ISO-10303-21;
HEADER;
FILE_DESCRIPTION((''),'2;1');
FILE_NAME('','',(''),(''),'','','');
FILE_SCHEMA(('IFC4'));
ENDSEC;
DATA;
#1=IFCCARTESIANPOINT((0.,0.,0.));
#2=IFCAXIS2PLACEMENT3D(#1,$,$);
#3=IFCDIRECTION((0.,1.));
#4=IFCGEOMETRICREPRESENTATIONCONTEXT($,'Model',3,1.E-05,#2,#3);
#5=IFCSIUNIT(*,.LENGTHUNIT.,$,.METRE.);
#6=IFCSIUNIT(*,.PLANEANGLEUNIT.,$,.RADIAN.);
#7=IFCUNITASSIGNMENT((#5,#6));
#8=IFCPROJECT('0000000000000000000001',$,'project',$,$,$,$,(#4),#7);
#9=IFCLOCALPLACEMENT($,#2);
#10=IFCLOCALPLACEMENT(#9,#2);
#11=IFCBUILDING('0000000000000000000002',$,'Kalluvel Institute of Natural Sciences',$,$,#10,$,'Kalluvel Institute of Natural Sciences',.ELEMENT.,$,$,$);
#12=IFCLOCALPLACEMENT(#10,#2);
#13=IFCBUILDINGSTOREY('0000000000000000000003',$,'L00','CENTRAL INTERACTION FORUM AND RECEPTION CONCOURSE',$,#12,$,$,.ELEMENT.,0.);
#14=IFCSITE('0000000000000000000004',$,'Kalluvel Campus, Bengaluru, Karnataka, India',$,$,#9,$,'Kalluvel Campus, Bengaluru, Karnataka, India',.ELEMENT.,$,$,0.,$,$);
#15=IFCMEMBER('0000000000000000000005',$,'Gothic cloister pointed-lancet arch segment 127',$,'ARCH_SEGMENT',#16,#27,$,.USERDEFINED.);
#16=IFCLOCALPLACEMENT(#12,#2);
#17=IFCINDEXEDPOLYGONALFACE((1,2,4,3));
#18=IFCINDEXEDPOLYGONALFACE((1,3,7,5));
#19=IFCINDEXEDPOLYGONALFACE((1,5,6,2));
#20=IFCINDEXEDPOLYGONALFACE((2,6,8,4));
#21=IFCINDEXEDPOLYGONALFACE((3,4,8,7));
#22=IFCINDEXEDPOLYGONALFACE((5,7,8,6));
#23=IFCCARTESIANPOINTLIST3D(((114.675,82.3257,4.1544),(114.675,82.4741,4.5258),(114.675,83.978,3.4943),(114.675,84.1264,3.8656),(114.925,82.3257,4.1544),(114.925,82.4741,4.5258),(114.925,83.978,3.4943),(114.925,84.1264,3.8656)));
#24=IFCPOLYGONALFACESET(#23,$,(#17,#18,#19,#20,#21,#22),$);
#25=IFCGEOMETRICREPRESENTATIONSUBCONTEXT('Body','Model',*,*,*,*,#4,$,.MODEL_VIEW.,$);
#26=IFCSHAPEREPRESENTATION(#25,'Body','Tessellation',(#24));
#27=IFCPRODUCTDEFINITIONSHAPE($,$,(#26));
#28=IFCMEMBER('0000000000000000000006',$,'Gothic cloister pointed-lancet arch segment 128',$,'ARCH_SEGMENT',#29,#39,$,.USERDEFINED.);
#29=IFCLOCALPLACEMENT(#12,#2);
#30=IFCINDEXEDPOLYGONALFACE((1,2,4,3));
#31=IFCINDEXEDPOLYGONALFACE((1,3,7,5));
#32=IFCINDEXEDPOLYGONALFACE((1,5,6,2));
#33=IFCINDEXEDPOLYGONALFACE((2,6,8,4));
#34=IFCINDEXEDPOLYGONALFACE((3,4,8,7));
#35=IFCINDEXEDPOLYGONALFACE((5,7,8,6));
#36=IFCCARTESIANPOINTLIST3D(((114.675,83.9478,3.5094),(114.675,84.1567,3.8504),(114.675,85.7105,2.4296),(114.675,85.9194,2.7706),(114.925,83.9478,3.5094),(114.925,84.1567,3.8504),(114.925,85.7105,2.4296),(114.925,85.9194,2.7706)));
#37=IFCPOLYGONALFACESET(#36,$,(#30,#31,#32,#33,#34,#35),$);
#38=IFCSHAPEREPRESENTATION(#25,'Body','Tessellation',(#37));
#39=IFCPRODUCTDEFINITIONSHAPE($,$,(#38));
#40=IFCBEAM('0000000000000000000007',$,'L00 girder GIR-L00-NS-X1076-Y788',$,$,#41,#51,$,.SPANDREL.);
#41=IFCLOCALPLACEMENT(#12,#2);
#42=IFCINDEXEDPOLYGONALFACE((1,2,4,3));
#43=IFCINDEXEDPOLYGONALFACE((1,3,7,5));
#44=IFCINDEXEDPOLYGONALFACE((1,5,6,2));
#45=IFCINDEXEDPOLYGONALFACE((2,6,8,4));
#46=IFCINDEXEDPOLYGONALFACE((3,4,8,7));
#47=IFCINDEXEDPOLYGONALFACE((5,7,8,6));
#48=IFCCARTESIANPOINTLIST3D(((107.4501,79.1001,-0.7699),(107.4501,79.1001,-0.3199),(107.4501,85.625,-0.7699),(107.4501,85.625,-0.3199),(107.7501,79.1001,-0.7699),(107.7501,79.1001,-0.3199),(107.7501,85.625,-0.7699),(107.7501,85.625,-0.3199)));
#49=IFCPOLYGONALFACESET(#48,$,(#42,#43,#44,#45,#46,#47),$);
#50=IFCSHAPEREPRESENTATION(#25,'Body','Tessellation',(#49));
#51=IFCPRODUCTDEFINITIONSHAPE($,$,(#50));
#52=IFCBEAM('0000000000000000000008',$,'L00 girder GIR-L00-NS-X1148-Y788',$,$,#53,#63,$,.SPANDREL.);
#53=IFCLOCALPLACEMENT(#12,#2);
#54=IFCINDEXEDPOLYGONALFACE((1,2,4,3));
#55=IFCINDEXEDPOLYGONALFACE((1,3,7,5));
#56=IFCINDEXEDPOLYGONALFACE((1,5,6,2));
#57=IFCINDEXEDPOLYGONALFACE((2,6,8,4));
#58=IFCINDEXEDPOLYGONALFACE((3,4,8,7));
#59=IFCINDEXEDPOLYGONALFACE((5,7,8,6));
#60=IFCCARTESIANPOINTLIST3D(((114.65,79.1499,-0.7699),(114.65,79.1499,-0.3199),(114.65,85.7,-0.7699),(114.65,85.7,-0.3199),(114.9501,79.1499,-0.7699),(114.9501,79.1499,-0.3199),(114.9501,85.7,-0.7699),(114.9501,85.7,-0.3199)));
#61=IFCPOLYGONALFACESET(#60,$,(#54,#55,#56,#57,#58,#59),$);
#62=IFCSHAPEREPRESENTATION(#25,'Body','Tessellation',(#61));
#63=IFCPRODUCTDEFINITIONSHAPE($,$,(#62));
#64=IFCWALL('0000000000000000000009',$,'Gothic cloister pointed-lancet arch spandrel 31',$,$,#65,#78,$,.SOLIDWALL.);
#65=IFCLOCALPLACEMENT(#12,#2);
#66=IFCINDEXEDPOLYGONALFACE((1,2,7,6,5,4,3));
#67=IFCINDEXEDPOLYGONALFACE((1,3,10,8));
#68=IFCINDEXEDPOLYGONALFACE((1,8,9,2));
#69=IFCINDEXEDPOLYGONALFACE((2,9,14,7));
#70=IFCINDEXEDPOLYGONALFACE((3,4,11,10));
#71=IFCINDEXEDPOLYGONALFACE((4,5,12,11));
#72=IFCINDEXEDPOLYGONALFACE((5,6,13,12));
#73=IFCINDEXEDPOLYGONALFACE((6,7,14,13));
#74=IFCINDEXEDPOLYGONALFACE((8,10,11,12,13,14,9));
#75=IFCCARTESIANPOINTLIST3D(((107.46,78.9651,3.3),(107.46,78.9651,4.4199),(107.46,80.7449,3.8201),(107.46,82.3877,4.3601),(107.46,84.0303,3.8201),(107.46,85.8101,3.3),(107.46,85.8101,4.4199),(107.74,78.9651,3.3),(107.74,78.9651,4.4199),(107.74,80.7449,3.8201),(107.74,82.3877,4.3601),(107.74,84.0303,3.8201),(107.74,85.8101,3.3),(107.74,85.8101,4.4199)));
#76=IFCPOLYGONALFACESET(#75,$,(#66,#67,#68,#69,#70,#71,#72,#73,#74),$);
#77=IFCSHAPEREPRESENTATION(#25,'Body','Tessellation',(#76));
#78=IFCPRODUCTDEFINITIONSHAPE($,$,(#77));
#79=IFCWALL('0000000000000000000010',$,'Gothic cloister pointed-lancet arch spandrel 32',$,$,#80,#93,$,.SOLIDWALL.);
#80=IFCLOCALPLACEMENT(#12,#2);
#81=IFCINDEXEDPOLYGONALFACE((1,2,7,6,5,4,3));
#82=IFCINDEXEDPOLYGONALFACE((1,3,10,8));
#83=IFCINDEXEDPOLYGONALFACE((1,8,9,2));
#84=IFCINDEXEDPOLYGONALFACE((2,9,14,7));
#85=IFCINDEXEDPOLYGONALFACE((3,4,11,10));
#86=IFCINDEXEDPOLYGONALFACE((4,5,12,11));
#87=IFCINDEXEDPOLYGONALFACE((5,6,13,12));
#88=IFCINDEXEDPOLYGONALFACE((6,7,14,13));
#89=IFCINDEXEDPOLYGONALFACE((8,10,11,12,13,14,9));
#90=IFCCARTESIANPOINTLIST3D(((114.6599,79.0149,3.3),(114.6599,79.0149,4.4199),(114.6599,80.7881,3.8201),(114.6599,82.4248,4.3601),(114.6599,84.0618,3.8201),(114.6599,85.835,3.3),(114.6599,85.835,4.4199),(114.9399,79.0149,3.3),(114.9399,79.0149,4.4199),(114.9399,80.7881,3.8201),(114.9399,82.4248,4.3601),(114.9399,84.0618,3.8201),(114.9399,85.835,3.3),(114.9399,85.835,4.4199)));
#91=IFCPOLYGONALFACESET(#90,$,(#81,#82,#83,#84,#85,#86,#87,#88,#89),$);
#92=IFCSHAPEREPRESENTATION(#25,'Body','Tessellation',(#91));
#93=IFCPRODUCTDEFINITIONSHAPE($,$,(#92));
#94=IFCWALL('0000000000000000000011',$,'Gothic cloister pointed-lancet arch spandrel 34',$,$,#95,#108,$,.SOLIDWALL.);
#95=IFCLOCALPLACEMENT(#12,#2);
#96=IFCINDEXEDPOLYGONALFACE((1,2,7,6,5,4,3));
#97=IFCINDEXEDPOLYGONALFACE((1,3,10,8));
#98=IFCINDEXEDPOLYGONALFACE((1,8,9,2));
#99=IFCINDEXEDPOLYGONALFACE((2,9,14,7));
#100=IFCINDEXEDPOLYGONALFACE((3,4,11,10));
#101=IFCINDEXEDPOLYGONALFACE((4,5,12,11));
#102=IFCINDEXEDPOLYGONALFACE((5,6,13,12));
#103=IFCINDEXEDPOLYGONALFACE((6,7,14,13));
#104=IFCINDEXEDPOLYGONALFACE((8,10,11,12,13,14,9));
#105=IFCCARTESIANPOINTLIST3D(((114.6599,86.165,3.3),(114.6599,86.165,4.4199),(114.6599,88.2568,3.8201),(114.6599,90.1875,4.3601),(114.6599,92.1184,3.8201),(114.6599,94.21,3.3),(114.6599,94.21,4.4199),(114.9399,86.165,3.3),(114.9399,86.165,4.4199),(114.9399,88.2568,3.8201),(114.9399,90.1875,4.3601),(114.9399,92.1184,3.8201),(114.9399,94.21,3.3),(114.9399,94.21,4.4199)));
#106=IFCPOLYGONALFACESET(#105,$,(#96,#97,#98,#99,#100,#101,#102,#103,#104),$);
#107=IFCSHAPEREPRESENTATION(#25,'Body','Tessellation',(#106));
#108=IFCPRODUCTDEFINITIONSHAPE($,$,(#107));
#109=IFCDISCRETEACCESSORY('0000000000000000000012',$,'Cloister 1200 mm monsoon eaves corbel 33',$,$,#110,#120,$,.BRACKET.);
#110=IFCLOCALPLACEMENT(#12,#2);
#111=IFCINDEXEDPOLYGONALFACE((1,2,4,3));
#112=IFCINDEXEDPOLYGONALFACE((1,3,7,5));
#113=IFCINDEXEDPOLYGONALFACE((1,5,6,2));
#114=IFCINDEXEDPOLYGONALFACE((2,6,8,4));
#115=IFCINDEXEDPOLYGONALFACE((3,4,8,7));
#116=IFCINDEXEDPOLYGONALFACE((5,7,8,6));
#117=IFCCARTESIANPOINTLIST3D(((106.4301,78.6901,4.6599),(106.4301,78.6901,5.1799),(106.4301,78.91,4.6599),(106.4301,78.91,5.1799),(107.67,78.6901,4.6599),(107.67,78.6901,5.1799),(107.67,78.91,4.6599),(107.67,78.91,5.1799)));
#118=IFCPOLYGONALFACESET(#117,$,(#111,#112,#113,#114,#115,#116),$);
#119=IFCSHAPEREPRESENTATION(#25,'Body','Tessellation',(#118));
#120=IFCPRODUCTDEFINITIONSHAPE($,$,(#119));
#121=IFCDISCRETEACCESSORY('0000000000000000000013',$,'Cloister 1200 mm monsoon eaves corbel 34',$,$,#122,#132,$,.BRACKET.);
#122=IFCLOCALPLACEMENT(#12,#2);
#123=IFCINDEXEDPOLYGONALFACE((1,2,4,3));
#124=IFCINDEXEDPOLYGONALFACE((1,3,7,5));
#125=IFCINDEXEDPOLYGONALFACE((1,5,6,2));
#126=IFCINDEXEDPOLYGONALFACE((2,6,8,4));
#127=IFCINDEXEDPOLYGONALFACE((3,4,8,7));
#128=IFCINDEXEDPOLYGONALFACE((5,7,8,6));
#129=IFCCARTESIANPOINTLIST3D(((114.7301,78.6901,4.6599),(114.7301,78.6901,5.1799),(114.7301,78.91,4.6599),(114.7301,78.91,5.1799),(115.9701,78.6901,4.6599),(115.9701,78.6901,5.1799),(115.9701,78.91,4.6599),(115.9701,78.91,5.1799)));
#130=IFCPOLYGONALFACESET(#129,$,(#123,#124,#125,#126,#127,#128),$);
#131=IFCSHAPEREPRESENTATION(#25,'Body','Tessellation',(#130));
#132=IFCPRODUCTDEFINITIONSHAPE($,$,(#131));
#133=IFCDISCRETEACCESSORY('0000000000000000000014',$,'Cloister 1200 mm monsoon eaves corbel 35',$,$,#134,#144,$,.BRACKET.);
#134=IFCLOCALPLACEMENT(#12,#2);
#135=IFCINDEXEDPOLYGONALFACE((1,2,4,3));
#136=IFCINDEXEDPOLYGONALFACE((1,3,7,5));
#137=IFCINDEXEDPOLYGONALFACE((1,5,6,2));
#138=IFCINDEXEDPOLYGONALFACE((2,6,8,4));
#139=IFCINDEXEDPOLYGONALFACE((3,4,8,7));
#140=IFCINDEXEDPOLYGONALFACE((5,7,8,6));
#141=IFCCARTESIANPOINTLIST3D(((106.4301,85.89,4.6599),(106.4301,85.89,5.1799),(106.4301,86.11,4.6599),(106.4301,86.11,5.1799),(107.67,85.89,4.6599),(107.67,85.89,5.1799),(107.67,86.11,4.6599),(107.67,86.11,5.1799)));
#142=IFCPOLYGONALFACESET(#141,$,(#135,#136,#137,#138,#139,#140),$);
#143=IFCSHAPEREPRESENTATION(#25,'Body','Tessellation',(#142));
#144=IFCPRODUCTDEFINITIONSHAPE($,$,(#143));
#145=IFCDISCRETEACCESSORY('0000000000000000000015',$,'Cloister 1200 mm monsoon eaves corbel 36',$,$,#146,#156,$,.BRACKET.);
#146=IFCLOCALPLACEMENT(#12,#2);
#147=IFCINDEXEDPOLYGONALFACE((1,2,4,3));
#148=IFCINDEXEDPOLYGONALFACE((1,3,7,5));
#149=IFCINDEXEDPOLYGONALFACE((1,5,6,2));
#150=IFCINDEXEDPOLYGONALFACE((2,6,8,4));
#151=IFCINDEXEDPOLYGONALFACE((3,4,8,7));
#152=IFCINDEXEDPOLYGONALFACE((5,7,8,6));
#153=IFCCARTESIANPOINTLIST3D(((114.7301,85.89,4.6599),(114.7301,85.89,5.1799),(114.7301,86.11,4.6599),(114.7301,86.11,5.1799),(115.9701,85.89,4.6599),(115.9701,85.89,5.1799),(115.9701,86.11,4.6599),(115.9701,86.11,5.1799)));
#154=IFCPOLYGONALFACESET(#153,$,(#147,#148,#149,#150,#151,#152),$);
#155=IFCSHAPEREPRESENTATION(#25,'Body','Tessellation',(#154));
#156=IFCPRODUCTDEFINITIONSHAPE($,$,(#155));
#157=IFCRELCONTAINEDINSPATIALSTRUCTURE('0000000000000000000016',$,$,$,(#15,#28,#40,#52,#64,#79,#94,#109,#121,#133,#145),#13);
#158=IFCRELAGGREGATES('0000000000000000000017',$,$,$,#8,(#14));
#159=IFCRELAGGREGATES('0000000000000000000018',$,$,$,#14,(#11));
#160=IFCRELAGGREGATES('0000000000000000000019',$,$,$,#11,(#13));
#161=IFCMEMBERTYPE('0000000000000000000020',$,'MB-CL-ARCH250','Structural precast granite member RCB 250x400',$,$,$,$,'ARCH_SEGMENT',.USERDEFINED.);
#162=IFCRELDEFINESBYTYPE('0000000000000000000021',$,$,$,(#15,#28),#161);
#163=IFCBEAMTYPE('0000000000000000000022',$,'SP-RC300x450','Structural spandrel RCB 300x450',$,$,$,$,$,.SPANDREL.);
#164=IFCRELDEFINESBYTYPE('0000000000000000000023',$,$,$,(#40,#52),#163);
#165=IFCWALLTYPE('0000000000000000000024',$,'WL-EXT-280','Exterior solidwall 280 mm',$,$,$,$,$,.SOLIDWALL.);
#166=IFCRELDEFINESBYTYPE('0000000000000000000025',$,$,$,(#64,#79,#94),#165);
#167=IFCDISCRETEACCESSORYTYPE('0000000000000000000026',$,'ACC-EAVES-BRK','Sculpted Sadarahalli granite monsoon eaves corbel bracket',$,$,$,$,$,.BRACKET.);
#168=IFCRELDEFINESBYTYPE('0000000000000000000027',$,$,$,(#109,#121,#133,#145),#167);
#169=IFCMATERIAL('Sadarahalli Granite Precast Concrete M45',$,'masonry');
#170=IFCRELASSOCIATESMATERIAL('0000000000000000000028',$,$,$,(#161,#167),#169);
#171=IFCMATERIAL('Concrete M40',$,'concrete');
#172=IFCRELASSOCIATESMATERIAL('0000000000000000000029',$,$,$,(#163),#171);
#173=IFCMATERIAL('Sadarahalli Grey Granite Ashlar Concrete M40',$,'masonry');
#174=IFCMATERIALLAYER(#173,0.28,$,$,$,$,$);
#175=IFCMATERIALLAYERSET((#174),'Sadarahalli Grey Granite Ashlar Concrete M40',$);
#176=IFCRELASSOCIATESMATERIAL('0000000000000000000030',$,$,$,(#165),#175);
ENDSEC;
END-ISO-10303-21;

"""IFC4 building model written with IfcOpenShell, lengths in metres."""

from ifc_helpers import new_model, si_unit, direction, frame, origin, origin_2d, place, context, subcontext, project, spatial, polyline, rectangle, outline, extrude, material, layer, layer_set, material_profile, profile_set, type_object, element, save


model = new_model("IFC4")

# Units and contexts
model_context = context("Model", 3, precision=1e-05, world=origin(), true_north=direction((0.0, 1.0)))
body_context = subcontext(model_context, "Body", "Model", "MODEL_VIEW")
ifc_project = project(units=[si_unit("LENGTHUNIT", "METRE"), si_unit("PLANEANGLEUNIT", "RADIAN")], contexts=[model_context])

# Site, building, storey
site_placement = place(None, origin())
site = spatial("IfcSite", under=ifc_project, at=site_placement, Name="Kalluvel Campus, Bengaluru, Karnataka, India", LongName="Kalluvel Campus, Bengaluru, Karnataka, India", CompositionType="ELEMENT", RefElevation=0.0)
building_placement = place(site_placement, origin())
building = spatial("IfcBuilding", under=site, at=building_placement, Name="Kalluvel Institute of Natural Sciences", LongName="Kalluvel Institute of Natural Sciences", CompositionType="ELEMENT")
storey_placement = place(building_placement, origin())
storey = spatial("IfcBuildingStorey", under=building, at=storey_placement, Name="L00", Description="CENTRAL INTERACTION FORUM AND RECEPTION CONCOURSE", CompositionType="ELEMENT", Elevation=0.0)

# Shared definitions
ifc_material_1 = material(Name="Concrete M40", Category="concrete")

# Members
ifc_material_2 = material(Name="Sadarahalli Granite Precast Concrete M45", Category="masonry")
ifc_material_profile_1 = material_profile(ifc_material_2, rectangle(XDim=0.25, YDim=0.3999, at=origin_2d()), Name="RCB 250x400")
ifc_profile_set_1 = profile_set([ifc_material_profile_1], Name="Sadarahalli Granite Precast Concrete M45")
member_type = type_object("IfcMemberType", Name="MB-CL-ARCH250", Description="Structural precast granite member RCB 250x400", ElementType="ARCH_SEGMENT", PredefinedType="USERDEFINED", material=ifc_profile_set_1)
member_1_placement = place(storey_placement, frame((114.8, 82.3999, 4.3401), z_axis=(0.0, 0.928628, -0.371012), x_axis=(-1.0, 0.0, 0.0)))
element("IfcMember", 1, at=member_1_placement, inside=storey, type_object=member_type, Name="Gothic cloister pointed-lancet arch segment 127", ObjectType="ARCH_SEGMENT", PredefinedType="USERDEFINED", context=body_context, shape_type="SweptSolid", body=[
    extrude(rectangle(XDim=0.25, YDim=0.3999, at=origin_2d()), origin(), (0.0, 0.0, 1.0), 1.7793),
])
member_2_placement = place(storey_placement, frame((114.8, 84.0522, 3.6799), z_axis=(0.0, 0.852715, -0.522376), x_axis=(-1.0, 0.0, 0.0)))
element("IfcMember", 2, at=member_2_placement, inside=storey, type_object=member_type, Name="Gothic cloister pointed-lancet arch segment 128", ObjectType="ARCH_SEGMENT", PredefinedType="USERDEFINED", context=body_context, shape_type="SweptSolid", body=[
    extrude(rectangle(XDim=0.25, YDim=0.3999, at=origin_2d()), origin(), (0.0, 0.0, 1.0), 2.0671),
])

# Beams
ifc_material_profile_2 = material_profile(ifc_material_1, rectangle(XDim=0.3, YDim=0.45, at=origin_2d()), Name="RCB 300x450")
ifc_profile_set_2 = profile_set([ifc_material_profile_2], Name="Concrete M40")
beam_type_1 = type_object("IfcBeamType", Name="SP-RC300x450", Description="Structural spandrel RCB 300x450", PredefinedType="SPANDREL", material=ifc_profile_set_2)
beam_1_placement = place(storey_placement, frame((107.6001, 79.1001, -0.5449), z_axis=(0.0, 1.0, 0.0), x_axis=(-1.0, 0.0, 0.0)))
element("IfcBeam", 3, at=beam_1_placement, inside=storey, type_object=beam_type_1, Name="L00 girder GIR-L00-NS-X1076-Y788", PredefinedType="SPANDREL", context=body_context, shape_type="SweptSolid", body=[
    extrude(rectangle(XDim=0.3, YDim=0.45, at=origin_2d()), origin(), (0.0, 0.0, 1.0), 6.5249),
])
beam_2_placement = place(storey_placement, frame((114.8, 79.1499, -0.5449), z_axis=(0.0, 1.0, 0.0), x_axis=(-1.0, 0.0, 0.0)))
element("IfcBeam", 4, at=beam_2_placement, inside=storey, type_object=beam_type_1, Name="L00 girder GIR-L00-NS-X1148-Y788", PredefinedType="SPANDREL", context=body_context, shape_type="SweptSolid", body=[
    extrude(rectangle(XDim=0.3, YDim=0.45, at=origin_2d()), origin(), (0.0, 0.0, 1.0), 6.55),
])

# Walls
ifc_material_3 = material(Name="Sadarahalli Grey Granite Ashlar Concrete M40", Category="masonry")
ifc_layer = layer(ifc_material_3, 0.28)
ifc_layer_set = layer_set([ifc_layer], Name="Sadarahalli Grey Granite Ashlar Concrete M40")
wall_type = type_object("IfcWallType", Name="WL-EXT-280", Description="Exterior solidwall 280 mm", PredefinedType="SOLIDWALL", material=ifc_layer_set)
wall_1_placement = place(storey_placement, frame((107.6001, 78.9651, 3.3), z_axis=(0.0, 0.0, 1.0), x_axis=(0.0, 1.0, 0.0)))
element("IfcWall", 5, at=wall_1_placement, inside=storey, type_object=wall_type, Name="Gothic cloister pointed-lancet arch spandrel 31", PredefinedType="SOLIDWALL", context=body_context, shape_type="SweptSolid", body=[
    extrude(outline(polyline([(0.0, 0.0), (1.7798, 0.52), (3.4226, 1.0601), (5.0652, 0.52), (6.845, 0.0), (6.845, 1.1199), (0.0, 1.1199), (0.0, 0.0)])), frame((0.0, 0.1401, 0.0), z_axis=(0.0, -1.0, 0.0), x_axis=(1.0, 0.0, 0.0)), (0.0, 0.0, 1.0), 0.28),
])
wall_2_placement = place(storey_placement, frame((114.8, 79.0149, 3.3), z_axis=(0.0, 0.0, 1.0), x_axis=(0.0, 1.0, 0.0)))
element("IfcWall", 6, at=wall_2_placement, inside=storey, type_object=wall_type, Name="Gothic cloister pointed-lancet arch spandrel 32", PredefinedType="SOLIDWALL", context=body_context, shape_type="SweptSolid", body=[
    extrude(outline(polyline([(0.0, 0.0), (1.7732, 0.52), (3.4099, 1.0601), (5.0469, 0.52), (6.8201, 0.0), (6.8201, 1.1199), (0.0, 1.1199), (0.0, 0.0)])), frame((0.0, 0.1401, 0.0), z_axis=(0.0, -1.0, 0.0), x_axis=(1.0, 0.0, 0.0)), (0.0, 0.0, 1.0), 0.28),
])
wall_3_placement = place(storey_placement, frame((114.8, 86.165, 3.3), z_axis=(0.0, 0.0, 1.0), x_axis=(0.0, 1.0, 0.0)))
element("IfcWall", 7, at=wall_3_placement, inside=storey, type_object=wall_type, Name="Gothic cloister pointed-lancet arch spandrel 34", PredefinedType="SOLIDWALL", context=body_context, shape_type="SweptSolid", body=[
    extrude(outline(polyline([(0.0, 0.0), (2.0918, 0.52), (4.0225, 1.0601), (5.9534, 0.52), (8.0449, 0.0), (8.0449, 1.1199), (0.0, 1.1199), (0.0, 0.0)])), frame((0.0, 0.1401, 0.0), z_axis=(0.0, -1.0, 0.0), x_axis=(1.0, 0.0, 0.0)), (0.0, 0.0, 1.0), 0.28),
])

# Discrete accessories
discrete_accessory_type = type_object("IfcDiscreteAccessoryType", Name="ACC-EAVES-BRK", Description="Sculpted Sadarahalli granite monsoon eaves corbel bracket", PredefinedType="BRACKET", material=ifc_material_2)
for number, where, z_axis, x_axis, name in (
    (8, (107.05, 78.8, 4.6599), (0.0, 0.0, 1.0), (1.0, 0.0, 0.0), "Cloister 1200 mm monsoon eaves corbel 33"),
    (9, (115.3501, 78.8, 4.6599), (0.0, 0.0, 1.0), (1.0, 0.0, 0.0), "Cloister 1200 mm monsoon eaves corbel 34"),
    (10, (107.05, 86.0, 4.6599), (0.0, 0.0, 1.0), (1.0, 0.0, 0.0), "Cloister 1200 mm monsoon eaves corbel 35"),
    (11, (115.3501, 86.0, 4.6599), (0.0, 0.0, 1.0), (1.0, 0.0, 0.0), "Cloister 1200 mm monsoon eaves corbel 36"),
):
    element("IfcDiscreteAccessory", number, at=place(storey_placement, frame(where, z_axis=z_axis, x_axis=x_axis)), inside=storey, type_object=discrete_accessory_type, Name=name, PredefinedType="BRACKET", context=body_context, shape_type="SweptSolid", body=[
        extrude(rectangle(XDim=1.24, YDim=0.22, at=origin_2d()), origin(), (0.0, 0.0, 1.0), 0.52),
    ])

save(model, "model.ifc")
